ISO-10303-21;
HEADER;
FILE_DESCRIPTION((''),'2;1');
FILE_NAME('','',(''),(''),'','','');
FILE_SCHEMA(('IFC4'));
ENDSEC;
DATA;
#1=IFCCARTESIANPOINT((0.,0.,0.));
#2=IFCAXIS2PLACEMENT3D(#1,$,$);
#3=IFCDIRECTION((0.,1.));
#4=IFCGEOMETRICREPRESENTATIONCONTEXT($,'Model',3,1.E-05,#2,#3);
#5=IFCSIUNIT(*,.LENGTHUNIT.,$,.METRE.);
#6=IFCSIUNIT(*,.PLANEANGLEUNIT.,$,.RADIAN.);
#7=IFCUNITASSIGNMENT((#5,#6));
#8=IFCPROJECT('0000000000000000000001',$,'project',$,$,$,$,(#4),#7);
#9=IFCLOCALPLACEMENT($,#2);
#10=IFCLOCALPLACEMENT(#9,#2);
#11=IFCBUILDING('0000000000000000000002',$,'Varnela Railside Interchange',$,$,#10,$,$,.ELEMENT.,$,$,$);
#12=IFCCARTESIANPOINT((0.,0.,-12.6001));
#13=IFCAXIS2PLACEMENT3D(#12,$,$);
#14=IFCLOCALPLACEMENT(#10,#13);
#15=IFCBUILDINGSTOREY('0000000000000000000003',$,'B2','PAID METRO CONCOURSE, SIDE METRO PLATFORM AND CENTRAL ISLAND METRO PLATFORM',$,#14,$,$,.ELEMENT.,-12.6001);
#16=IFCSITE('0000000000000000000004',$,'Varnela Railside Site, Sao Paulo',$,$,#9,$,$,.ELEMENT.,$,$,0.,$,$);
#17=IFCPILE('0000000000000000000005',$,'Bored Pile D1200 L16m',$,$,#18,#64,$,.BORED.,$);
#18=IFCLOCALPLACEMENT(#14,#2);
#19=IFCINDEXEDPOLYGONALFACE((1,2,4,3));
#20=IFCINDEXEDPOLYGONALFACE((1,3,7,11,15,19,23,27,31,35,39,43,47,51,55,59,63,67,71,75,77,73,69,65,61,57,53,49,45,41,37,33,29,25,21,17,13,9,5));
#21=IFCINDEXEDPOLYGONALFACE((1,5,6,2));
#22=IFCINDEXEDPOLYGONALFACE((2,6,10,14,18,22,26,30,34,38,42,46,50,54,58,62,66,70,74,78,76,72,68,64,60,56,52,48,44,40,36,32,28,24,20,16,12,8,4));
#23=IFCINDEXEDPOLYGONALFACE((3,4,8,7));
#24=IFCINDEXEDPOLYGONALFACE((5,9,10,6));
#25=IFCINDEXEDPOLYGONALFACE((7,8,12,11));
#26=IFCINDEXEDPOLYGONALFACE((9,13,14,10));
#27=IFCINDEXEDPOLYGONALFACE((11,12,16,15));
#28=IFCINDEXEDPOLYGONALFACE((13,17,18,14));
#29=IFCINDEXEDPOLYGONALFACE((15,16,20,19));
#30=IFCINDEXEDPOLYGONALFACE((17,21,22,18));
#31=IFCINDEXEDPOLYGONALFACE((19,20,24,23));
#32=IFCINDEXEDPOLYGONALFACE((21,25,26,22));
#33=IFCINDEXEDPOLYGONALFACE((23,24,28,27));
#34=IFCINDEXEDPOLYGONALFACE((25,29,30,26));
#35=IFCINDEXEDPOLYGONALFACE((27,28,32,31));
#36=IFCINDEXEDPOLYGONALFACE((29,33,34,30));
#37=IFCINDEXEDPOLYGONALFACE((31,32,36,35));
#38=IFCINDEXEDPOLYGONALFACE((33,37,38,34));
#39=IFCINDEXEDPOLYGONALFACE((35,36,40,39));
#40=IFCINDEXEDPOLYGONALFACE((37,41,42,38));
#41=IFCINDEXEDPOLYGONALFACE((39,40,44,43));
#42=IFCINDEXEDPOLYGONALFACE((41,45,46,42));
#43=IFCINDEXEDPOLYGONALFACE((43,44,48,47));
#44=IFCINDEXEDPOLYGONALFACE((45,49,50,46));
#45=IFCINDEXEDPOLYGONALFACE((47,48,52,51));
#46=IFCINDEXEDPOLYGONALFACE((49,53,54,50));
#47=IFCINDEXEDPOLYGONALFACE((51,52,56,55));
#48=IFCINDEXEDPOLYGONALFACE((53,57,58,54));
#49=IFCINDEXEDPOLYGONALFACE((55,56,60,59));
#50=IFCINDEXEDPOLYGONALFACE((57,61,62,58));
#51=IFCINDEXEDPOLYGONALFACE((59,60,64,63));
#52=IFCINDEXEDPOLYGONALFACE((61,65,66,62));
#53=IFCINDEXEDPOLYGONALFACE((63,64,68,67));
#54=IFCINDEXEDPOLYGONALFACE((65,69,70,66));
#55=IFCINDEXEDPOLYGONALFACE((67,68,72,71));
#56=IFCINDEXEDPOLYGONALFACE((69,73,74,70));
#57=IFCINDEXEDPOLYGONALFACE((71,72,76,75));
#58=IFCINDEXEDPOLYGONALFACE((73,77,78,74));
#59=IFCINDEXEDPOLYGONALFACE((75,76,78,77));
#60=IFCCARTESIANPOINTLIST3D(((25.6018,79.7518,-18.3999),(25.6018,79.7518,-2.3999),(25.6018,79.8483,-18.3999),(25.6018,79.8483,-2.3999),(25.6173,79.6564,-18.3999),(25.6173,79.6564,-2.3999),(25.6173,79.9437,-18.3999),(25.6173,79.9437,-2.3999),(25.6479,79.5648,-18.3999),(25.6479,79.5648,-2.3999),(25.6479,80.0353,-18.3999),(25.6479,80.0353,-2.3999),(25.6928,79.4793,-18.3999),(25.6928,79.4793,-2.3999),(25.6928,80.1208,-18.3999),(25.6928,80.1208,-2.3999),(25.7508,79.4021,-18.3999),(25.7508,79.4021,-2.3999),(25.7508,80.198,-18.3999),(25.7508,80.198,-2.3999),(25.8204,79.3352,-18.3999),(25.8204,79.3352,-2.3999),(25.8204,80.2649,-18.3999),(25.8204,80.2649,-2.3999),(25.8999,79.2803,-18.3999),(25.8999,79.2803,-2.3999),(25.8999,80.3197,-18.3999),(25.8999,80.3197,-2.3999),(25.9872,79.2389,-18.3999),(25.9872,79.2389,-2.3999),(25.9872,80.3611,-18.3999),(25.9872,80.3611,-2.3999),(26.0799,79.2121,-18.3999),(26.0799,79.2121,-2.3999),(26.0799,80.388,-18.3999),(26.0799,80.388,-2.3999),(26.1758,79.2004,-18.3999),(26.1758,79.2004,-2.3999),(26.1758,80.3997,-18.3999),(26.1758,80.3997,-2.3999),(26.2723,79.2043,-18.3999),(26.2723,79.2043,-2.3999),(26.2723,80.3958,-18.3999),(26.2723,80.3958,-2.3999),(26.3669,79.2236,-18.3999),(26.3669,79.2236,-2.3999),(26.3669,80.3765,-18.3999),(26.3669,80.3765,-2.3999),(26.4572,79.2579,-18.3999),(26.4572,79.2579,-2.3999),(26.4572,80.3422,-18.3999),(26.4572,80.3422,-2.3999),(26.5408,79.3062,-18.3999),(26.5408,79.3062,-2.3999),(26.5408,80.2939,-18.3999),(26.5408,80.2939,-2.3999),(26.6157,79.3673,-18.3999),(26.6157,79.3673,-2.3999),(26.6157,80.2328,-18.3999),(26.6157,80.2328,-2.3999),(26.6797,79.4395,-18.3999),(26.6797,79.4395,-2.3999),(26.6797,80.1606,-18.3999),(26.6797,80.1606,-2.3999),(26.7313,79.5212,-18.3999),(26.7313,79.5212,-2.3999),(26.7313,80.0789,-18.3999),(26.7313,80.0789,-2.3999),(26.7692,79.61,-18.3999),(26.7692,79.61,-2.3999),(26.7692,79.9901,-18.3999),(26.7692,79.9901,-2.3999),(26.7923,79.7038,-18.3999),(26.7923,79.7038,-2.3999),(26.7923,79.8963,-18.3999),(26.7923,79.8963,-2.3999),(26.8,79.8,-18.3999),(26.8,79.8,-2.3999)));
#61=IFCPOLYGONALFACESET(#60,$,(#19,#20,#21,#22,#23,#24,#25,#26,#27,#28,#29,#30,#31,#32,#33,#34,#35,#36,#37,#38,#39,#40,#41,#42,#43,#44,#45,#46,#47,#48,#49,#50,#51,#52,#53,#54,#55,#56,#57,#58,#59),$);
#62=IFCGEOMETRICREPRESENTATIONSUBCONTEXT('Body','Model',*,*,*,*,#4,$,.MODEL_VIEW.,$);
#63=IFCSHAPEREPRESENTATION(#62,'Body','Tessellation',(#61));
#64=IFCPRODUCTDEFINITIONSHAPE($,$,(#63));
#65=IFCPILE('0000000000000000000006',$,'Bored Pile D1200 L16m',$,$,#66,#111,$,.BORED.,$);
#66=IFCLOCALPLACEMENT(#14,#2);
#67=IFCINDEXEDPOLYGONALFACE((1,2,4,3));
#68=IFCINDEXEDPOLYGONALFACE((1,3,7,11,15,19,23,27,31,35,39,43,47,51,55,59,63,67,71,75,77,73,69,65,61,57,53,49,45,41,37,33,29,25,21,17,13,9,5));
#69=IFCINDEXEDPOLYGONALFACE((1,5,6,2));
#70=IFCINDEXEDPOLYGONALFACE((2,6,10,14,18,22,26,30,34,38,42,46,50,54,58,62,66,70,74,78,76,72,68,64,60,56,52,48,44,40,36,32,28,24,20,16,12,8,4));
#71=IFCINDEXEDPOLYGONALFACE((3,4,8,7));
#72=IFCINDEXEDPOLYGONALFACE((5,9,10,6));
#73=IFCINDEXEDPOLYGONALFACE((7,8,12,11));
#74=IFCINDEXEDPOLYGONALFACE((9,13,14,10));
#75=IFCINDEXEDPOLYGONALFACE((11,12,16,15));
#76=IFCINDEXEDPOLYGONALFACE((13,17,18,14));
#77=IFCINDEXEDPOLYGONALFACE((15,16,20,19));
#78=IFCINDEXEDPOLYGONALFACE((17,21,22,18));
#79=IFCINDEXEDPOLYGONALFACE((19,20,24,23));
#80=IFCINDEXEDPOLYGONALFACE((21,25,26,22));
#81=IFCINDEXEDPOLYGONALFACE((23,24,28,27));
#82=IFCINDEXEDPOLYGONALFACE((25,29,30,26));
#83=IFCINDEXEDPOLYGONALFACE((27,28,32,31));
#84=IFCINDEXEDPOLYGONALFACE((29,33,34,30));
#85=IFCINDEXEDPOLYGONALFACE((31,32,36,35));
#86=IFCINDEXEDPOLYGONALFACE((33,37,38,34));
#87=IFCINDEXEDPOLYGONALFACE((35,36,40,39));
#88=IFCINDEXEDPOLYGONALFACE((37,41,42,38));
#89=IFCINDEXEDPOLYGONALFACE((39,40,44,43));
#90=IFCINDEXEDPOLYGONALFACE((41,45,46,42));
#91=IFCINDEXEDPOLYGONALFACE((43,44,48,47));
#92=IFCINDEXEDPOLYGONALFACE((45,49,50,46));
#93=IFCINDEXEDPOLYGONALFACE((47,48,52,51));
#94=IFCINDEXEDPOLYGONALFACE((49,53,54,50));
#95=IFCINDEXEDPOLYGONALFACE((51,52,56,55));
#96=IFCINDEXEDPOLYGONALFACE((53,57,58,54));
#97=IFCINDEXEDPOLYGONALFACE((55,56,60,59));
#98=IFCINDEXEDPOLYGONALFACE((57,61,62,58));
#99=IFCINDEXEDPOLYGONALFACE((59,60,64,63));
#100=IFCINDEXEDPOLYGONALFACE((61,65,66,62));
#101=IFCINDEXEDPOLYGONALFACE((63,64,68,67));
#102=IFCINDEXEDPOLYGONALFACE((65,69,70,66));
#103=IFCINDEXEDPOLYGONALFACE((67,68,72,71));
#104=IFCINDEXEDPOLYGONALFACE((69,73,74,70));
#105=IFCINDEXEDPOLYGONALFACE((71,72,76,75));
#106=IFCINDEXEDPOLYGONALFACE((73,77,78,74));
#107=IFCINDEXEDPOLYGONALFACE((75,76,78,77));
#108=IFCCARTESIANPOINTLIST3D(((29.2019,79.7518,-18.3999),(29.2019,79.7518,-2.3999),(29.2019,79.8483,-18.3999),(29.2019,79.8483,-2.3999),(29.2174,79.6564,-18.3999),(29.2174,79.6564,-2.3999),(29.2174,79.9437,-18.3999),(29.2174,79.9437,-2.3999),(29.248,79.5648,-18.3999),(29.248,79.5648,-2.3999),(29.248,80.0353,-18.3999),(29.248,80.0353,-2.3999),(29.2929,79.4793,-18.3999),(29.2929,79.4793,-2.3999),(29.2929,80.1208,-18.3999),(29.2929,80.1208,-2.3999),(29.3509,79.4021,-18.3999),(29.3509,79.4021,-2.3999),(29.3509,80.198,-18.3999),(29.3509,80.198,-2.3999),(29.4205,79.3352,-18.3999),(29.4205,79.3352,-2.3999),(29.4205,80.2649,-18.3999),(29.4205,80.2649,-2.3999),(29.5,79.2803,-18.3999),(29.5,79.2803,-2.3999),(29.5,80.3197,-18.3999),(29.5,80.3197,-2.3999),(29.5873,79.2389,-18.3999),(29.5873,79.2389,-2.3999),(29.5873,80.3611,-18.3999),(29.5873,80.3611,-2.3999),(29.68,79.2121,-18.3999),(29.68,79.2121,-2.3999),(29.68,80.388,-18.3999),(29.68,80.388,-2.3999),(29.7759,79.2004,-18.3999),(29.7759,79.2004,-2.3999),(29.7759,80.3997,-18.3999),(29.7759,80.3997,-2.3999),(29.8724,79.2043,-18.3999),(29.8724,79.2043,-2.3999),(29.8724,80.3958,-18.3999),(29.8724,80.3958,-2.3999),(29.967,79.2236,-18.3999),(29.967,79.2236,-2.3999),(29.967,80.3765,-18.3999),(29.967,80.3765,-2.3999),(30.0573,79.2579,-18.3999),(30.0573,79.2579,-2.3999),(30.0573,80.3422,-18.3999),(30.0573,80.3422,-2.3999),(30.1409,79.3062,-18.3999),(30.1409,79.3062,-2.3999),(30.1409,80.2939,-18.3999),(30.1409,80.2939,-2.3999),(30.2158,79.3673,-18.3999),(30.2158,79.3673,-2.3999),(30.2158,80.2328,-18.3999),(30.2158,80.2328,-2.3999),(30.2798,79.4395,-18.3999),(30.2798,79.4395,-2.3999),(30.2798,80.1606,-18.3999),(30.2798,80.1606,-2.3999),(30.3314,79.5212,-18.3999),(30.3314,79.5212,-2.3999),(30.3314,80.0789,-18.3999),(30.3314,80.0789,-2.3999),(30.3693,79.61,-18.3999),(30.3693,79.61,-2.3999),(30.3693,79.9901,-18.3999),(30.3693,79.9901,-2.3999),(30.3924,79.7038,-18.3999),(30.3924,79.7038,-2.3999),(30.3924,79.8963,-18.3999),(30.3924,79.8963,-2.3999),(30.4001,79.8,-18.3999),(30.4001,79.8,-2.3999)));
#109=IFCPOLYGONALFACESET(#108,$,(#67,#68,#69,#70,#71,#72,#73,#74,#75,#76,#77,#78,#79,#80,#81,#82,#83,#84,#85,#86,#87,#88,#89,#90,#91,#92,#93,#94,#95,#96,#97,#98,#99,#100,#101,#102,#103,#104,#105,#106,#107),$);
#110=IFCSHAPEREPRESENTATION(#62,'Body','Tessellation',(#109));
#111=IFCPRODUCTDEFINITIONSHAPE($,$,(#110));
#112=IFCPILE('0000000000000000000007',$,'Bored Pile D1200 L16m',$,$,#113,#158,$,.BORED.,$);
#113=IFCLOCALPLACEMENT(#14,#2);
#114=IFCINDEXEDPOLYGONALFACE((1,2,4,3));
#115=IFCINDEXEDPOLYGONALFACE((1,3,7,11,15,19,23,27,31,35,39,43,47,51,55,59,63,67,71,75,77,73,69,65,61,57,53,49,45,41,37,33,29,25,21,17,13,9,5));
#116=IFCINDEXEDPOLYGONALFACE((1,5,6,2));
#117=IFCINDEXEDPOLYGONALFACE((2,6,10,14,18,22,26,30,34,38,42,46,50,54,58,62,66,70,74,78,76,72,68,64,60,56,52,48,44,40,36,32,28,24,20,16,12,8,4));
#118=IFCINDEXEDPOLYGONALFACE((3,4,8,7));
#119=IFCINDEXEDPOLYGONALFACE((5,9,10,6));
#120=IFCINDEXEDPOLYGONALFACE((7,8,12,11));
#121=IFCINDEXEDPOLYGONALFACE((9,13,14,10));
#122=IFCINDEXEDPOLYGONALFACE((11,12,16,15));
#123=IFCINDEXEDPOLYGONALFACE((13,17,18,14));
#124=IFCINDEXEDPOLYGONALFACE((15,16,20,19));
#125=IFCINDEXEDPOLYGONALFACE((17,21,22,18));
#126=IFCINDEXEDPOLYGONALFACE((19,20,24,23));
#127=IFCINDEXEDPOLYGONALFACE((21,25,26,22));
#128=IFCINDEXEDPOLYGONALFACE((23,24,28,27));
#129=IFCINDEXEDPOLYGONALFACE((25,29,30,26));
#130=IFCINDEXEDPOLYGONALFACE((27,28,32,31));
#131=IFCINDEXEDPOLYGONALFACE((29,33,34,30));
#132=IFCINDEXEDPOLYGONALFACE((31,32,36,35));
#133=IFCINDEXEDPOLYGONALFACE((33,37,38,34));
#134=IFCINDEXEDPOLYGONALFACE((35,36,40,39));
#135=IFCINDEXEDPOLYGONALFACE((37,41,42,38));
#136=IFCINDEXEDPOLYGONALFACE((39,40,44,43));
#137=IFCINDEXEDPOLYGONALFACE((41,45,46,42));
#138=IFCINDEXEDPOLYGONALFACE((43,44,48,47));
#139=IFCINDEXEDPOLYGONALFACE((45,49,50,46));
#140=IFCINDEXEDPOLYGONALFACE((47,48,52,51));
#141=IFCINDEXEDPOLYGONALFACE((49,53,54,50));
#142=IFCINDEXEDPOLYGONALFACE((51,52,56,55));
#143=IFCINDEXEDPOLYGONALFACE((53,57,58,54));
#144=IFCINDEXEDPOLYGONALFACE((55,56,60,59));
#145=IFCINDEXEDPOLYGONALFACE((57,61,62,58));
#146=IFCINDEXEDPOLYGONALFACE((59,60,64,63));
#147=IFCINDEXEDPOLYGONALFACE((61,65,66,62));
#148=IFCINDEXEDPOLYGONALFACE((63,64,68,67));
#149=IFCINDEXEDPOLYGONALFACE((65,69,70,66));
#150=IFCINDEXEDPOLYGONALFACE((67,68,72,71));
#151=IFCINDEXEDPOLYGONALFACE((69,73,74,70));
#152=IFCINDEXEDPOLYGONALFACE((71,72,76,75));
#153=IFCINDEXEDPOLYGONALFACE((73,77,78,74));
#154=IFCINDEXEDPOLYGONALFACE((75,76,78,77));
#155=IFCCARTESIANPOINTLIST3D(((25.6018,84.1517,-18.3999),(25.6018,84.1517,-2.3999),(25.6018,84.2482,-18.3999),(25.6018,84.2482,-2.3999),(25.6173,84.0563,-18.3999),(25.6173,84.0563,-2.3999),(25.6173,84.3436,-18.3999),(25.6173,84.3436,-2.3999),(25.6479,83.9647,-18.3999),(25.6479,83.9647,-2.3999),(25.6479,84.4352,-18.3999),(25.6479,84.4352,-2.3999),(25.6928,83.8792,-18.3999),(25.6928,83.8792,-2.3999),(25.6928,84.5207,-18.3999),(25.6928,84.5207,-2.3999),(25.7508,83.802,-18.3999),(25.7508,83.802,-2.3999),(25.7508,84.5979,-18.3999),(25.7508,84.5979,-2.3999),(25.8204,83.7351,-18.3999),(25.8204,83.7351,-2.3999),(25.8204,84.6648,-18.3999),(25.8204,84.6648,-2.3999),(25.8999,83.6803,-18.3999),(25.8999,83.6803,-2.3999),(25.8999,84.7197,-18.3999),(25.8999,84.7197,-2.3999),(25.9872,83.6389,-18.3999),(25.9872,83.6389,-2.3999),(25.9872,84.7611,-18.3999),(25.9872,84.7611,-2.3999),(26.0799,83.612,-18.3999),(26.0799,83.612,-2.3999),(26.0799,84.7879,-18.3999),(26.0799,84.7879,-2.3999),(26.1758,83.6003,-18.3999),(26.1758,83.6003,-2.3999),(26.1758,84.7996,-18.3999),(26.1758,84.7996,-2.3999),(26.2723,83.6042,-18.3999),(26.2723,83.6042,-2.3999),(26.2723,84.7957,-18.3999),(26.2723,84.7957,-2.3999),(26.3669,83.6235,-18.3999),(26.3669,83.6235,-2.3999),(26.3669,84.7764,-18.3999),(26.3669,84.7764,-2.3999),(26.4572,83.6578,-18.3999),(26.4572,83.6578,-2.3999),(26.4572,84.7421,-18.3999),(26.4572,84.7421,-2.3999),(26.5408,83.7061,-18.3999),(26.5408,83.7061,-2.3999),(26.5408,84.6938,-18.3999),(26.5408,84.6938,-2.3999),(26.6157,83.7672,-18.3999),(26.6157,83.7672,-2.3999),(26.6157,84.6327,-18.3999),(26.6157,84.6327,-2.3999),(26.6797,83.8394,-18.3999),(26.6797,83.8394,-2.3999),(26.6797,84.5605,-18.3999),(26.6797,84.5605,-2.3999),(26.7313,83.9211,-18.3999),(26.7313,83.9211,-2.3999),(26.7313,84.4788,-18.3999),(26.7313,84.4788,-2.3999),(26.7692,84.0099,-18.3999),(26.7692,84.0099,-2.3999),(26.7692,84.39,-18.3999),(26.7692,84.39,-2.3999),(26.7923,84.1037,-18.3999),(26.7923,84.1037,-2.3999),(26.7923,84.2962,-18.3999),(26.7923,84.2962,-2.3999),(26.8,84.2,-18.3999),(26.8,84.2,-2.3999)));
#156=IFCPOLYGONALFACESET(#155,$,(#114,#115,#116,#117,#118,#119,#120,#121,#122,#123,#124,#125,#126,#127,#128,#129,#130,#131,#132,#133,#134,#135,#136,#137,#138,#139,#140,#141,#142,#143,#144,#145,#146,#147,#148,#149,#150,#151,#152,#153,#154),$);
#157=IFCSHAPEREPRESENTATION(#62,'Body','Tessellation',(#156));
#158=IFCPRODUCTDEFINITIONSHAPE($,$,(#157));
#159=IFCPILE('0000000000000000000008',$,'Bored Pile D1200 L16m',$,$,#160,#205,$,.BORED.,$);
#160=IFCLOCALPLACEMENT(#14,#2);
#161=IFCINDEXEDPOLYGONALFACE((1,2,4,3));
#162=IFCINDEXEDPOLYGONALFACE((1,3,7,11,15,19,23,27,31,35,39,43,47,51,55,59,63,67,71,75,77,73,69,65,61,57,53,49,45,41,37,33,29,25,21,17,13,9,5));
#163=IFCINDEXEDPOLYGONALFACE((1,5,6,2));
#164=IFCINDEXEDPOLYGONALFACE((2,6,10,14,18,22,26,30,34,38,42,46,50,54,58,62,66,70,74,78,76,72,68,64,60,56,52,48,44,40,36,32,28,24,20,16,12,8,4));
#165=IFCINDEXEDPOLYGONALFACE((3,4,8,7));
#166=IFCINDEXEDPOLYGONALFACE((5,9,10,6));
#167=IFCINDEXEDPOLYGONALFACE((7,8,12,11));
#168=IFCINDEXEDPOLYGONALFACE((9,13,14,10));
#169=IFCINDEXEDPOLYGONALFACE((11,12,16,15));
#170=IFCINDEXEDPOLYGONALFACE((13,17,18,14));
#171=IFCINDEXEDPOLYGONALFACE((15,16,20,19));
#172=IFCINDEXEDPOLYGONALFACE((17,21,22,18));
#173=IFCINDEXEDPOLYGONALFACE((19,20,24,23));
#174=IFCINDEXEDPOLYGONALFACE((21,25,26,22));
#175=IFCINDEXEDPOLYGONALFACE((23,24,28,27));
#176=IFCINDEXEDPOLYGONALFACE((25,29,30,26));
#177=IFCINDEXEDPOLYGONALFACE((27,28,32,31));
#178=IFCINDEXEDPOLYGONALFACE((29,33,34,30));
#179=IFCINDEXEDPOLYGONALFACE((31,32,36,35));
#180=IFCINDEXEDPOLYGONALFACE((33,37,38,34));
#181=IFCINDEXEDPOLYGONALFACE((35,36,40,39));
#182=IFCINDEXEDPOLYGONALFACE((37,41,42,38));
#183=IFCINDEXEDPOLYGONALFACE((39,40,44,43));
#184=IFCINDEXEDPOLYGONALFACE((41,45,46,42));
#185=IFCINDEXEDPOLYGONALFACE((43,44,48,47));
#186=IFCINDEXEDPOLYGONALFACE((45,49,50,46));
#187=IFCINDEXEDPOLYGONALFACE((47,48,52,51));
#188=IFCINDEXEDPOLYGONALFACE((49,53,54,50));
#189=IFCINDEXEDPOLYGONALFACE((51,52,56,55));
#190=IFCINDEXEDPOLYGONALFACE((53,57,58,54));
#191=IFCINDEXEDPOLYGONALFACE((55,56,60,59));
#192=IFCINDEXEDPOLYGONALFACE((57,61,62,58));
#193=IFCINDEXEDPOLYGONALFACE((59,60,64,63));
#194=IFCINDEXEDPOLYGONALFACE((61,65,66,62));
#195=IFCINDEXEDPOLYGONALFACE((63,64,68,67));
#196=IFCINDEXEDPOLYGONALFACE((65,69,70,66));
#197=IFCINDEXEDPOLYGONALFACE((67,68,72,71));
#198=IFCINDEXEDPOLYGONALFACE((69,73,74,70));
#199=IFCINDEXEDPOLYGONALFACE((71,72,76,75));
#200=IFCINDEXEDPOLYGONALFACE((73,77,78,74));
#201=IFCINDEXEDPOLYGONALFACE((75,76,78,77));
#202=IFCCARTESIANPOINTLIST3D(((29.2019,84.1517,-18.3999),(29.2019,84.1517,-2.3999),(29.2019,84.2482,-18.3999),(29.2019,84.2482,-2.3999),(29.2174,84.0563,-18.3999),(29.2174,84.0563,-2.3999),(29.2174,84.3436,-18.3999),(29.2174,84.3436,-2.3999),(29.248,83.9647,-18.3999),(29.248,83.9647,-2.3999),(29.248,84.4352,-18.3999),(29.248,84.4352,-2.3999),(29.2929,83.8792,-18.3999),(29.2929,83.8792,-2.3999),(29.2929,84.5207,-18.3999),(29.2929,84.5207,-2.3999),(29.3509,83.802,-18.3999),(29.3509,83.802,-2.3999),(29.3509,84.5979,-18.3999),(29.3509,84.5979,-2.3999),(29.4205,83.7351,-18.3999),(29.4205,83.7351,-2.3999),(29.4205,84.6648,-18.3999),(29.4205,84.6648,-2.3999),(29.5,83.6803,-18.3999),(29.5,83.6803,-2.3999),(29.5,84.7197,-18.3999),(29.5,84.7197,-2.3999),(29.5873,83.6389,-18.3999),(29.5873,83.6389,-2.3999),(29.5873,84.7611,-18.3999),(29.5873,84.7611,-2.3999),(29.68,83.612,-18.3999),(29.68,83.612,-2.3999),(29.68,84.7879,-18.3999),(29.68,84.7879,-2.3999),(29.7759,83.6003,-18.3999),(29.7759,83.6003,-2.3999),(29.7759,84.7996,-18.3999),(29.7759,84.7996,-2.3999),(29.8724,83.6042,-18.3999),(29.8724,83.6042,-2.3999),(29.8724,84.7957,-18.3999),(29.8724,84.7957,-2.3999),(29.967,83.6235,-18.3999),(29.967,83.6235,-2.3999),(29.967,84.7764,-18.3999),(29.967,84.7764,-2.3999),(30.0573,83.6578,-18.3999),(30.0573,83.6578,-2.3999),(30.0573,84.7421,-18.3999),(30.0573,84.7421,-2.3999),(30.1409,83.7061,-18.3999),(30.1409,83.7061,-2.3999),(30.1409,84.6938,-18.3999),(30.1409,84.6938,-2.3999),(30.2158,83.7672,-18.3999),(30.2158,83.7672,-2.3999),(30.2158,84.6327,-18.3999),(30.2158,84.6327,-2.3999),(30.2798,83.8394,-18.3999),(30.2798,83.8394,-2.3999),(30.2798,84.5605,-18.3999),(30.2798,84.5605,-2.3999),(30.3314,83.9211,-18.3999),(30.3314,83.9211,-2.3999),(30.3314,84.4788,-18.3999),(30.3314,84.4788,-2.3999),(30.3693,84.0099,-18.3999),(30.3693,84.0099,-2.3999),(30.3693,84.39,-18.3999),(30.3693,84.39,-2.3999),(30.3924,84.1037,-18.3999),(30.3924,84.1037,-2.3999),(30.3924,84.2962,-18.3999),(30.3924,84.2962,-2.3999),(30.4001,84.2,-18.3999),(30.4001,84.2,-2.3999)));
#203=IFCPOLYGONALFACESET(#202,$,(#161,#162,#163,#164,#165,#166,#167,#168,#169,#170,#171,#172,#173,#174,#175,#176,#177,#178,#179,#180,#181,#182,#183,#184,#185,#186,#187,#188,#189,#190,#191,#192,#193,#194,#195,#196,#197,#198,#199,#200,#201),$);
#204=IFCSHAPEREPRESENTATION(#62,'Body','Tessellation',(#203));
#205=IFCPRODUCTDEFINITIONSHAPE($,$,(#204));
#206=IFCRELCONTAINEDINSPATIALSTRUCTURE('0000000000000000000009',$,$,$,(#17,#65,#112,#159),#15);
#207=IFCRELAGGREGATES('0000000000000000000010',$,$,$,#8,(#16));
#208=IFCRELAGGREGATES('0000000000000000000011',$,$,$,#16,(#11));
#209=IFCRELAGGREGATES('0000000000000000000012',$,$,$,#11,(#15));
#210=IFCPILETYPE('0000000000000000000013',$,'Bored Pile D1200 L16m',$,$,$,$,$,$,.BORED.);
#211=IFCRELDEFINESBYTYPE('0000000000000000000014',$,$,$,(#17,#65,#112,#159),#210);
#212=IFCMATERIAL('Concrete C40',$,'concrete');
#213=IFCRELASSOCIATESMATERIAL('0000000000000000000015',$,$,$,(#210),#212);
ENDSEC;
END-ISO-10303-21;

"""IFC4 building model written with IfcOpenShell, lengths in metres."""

from ifc_helpers import new_model, si_unit, direction, frame, origin, origin_2d, place, context, subcontext, project, spatial, circle, extrude, material, material_profile, profile_set, type_object, element, save


model = new_model("IFC4")

# Units and contexts
model_context = context("Model", 3, precision=1e-05, world=origin(), true_north=direction((0.0, 1.0)))
body_context = subcontext(model_context, "Body", "Model", "MODEL_VIEW")
ifc_project = project(units=[si_unit("LENGTHUNIT", "METRE"), si_unit("PLANEANGLEUNIT", "RADIAN")], contexts=[model_context])

# Site, building, storey
site_placement = place(None, origin())
site = spatial("IfcSite", under=ifc_project, at=site_placement, Name="Varnela Railside Site, Sao Paulo", CompositionType="ELEMENT", RefElevation=0.0)
building_placement = place(site_placement, origin())
building = spatial("IfcBuilding", under=site, at=building_placement, Name="Varnela Railside Interchange", CompositionType="ELEMENT")
storey_placement = place(building_placement, frame((0.0, 0.0, -12.6001)))
storey = spatial("IfcBuildingStorey", under=building, at=storey_placement, Name="B2", Description="PAID METRO CONCOURSE, SIDE METRO PLATFORM AND CENTRAL ISLAND METRO PLATFORM", CompositionType="ELEMENT", Elevation=-12.6001)

# Piles
ifc_material_1 = material(Name="Concrete C40", Category="concrete")
ifc_material_profile_1 = material_profile(ifc_material_1, circle(Radius=0.6001, at=origin_2d()), Name="BORED PILE D1200")
ifc_profile_set_1 = profile_set([ifc_material_profile_1], Name="Concrete C40")
pile_type = type_object("IfcPileType", Name="Bored Pile D1200 L16m", PredefinedType="BORED", material=ifc_profile_set_1)
for number, where, z_axis, x_axis, name in (
    (1, (26.2, 79.8, -2.3999), (0.0, 0.0, -1.0), (1.0, 0.0, 0.0), "Bored Pile D1200 L16m"),
    (2, (29.8, 79.8, -2.3999), (0.0, 0.0, -1.0), (1.0, 0.0, 0.0), "Bored Pile D1200 L16m"),
    (3, (26.2, 84.2, -2.3999), (0.0, 0.0, -1.0), (1.0, 0.0, 0.0), "Bored Pile D1200 L16m"),
    (4, (29.8, 84.2, -2.3999), (0.0, 0.0, -1.0), (1.0, 0.0, 0.0), "Bored Pile D1200 L16m"),
):
    element("IfcPile", number, at=place(storey_placement, frame(where, z_axis=z_axis, x_axis=x_axis)), inside=storey, type_object=pile_type, Name=name, PredefinedType="BORED", context=body_context, shape_type="SweptSolid", body=[
        extrude(circle(Radius=0.6001, at=origin_2d()), origin(), (0.0, 0.0, 1.0), 16.0),
    ])

save(model, "model.ifc")
